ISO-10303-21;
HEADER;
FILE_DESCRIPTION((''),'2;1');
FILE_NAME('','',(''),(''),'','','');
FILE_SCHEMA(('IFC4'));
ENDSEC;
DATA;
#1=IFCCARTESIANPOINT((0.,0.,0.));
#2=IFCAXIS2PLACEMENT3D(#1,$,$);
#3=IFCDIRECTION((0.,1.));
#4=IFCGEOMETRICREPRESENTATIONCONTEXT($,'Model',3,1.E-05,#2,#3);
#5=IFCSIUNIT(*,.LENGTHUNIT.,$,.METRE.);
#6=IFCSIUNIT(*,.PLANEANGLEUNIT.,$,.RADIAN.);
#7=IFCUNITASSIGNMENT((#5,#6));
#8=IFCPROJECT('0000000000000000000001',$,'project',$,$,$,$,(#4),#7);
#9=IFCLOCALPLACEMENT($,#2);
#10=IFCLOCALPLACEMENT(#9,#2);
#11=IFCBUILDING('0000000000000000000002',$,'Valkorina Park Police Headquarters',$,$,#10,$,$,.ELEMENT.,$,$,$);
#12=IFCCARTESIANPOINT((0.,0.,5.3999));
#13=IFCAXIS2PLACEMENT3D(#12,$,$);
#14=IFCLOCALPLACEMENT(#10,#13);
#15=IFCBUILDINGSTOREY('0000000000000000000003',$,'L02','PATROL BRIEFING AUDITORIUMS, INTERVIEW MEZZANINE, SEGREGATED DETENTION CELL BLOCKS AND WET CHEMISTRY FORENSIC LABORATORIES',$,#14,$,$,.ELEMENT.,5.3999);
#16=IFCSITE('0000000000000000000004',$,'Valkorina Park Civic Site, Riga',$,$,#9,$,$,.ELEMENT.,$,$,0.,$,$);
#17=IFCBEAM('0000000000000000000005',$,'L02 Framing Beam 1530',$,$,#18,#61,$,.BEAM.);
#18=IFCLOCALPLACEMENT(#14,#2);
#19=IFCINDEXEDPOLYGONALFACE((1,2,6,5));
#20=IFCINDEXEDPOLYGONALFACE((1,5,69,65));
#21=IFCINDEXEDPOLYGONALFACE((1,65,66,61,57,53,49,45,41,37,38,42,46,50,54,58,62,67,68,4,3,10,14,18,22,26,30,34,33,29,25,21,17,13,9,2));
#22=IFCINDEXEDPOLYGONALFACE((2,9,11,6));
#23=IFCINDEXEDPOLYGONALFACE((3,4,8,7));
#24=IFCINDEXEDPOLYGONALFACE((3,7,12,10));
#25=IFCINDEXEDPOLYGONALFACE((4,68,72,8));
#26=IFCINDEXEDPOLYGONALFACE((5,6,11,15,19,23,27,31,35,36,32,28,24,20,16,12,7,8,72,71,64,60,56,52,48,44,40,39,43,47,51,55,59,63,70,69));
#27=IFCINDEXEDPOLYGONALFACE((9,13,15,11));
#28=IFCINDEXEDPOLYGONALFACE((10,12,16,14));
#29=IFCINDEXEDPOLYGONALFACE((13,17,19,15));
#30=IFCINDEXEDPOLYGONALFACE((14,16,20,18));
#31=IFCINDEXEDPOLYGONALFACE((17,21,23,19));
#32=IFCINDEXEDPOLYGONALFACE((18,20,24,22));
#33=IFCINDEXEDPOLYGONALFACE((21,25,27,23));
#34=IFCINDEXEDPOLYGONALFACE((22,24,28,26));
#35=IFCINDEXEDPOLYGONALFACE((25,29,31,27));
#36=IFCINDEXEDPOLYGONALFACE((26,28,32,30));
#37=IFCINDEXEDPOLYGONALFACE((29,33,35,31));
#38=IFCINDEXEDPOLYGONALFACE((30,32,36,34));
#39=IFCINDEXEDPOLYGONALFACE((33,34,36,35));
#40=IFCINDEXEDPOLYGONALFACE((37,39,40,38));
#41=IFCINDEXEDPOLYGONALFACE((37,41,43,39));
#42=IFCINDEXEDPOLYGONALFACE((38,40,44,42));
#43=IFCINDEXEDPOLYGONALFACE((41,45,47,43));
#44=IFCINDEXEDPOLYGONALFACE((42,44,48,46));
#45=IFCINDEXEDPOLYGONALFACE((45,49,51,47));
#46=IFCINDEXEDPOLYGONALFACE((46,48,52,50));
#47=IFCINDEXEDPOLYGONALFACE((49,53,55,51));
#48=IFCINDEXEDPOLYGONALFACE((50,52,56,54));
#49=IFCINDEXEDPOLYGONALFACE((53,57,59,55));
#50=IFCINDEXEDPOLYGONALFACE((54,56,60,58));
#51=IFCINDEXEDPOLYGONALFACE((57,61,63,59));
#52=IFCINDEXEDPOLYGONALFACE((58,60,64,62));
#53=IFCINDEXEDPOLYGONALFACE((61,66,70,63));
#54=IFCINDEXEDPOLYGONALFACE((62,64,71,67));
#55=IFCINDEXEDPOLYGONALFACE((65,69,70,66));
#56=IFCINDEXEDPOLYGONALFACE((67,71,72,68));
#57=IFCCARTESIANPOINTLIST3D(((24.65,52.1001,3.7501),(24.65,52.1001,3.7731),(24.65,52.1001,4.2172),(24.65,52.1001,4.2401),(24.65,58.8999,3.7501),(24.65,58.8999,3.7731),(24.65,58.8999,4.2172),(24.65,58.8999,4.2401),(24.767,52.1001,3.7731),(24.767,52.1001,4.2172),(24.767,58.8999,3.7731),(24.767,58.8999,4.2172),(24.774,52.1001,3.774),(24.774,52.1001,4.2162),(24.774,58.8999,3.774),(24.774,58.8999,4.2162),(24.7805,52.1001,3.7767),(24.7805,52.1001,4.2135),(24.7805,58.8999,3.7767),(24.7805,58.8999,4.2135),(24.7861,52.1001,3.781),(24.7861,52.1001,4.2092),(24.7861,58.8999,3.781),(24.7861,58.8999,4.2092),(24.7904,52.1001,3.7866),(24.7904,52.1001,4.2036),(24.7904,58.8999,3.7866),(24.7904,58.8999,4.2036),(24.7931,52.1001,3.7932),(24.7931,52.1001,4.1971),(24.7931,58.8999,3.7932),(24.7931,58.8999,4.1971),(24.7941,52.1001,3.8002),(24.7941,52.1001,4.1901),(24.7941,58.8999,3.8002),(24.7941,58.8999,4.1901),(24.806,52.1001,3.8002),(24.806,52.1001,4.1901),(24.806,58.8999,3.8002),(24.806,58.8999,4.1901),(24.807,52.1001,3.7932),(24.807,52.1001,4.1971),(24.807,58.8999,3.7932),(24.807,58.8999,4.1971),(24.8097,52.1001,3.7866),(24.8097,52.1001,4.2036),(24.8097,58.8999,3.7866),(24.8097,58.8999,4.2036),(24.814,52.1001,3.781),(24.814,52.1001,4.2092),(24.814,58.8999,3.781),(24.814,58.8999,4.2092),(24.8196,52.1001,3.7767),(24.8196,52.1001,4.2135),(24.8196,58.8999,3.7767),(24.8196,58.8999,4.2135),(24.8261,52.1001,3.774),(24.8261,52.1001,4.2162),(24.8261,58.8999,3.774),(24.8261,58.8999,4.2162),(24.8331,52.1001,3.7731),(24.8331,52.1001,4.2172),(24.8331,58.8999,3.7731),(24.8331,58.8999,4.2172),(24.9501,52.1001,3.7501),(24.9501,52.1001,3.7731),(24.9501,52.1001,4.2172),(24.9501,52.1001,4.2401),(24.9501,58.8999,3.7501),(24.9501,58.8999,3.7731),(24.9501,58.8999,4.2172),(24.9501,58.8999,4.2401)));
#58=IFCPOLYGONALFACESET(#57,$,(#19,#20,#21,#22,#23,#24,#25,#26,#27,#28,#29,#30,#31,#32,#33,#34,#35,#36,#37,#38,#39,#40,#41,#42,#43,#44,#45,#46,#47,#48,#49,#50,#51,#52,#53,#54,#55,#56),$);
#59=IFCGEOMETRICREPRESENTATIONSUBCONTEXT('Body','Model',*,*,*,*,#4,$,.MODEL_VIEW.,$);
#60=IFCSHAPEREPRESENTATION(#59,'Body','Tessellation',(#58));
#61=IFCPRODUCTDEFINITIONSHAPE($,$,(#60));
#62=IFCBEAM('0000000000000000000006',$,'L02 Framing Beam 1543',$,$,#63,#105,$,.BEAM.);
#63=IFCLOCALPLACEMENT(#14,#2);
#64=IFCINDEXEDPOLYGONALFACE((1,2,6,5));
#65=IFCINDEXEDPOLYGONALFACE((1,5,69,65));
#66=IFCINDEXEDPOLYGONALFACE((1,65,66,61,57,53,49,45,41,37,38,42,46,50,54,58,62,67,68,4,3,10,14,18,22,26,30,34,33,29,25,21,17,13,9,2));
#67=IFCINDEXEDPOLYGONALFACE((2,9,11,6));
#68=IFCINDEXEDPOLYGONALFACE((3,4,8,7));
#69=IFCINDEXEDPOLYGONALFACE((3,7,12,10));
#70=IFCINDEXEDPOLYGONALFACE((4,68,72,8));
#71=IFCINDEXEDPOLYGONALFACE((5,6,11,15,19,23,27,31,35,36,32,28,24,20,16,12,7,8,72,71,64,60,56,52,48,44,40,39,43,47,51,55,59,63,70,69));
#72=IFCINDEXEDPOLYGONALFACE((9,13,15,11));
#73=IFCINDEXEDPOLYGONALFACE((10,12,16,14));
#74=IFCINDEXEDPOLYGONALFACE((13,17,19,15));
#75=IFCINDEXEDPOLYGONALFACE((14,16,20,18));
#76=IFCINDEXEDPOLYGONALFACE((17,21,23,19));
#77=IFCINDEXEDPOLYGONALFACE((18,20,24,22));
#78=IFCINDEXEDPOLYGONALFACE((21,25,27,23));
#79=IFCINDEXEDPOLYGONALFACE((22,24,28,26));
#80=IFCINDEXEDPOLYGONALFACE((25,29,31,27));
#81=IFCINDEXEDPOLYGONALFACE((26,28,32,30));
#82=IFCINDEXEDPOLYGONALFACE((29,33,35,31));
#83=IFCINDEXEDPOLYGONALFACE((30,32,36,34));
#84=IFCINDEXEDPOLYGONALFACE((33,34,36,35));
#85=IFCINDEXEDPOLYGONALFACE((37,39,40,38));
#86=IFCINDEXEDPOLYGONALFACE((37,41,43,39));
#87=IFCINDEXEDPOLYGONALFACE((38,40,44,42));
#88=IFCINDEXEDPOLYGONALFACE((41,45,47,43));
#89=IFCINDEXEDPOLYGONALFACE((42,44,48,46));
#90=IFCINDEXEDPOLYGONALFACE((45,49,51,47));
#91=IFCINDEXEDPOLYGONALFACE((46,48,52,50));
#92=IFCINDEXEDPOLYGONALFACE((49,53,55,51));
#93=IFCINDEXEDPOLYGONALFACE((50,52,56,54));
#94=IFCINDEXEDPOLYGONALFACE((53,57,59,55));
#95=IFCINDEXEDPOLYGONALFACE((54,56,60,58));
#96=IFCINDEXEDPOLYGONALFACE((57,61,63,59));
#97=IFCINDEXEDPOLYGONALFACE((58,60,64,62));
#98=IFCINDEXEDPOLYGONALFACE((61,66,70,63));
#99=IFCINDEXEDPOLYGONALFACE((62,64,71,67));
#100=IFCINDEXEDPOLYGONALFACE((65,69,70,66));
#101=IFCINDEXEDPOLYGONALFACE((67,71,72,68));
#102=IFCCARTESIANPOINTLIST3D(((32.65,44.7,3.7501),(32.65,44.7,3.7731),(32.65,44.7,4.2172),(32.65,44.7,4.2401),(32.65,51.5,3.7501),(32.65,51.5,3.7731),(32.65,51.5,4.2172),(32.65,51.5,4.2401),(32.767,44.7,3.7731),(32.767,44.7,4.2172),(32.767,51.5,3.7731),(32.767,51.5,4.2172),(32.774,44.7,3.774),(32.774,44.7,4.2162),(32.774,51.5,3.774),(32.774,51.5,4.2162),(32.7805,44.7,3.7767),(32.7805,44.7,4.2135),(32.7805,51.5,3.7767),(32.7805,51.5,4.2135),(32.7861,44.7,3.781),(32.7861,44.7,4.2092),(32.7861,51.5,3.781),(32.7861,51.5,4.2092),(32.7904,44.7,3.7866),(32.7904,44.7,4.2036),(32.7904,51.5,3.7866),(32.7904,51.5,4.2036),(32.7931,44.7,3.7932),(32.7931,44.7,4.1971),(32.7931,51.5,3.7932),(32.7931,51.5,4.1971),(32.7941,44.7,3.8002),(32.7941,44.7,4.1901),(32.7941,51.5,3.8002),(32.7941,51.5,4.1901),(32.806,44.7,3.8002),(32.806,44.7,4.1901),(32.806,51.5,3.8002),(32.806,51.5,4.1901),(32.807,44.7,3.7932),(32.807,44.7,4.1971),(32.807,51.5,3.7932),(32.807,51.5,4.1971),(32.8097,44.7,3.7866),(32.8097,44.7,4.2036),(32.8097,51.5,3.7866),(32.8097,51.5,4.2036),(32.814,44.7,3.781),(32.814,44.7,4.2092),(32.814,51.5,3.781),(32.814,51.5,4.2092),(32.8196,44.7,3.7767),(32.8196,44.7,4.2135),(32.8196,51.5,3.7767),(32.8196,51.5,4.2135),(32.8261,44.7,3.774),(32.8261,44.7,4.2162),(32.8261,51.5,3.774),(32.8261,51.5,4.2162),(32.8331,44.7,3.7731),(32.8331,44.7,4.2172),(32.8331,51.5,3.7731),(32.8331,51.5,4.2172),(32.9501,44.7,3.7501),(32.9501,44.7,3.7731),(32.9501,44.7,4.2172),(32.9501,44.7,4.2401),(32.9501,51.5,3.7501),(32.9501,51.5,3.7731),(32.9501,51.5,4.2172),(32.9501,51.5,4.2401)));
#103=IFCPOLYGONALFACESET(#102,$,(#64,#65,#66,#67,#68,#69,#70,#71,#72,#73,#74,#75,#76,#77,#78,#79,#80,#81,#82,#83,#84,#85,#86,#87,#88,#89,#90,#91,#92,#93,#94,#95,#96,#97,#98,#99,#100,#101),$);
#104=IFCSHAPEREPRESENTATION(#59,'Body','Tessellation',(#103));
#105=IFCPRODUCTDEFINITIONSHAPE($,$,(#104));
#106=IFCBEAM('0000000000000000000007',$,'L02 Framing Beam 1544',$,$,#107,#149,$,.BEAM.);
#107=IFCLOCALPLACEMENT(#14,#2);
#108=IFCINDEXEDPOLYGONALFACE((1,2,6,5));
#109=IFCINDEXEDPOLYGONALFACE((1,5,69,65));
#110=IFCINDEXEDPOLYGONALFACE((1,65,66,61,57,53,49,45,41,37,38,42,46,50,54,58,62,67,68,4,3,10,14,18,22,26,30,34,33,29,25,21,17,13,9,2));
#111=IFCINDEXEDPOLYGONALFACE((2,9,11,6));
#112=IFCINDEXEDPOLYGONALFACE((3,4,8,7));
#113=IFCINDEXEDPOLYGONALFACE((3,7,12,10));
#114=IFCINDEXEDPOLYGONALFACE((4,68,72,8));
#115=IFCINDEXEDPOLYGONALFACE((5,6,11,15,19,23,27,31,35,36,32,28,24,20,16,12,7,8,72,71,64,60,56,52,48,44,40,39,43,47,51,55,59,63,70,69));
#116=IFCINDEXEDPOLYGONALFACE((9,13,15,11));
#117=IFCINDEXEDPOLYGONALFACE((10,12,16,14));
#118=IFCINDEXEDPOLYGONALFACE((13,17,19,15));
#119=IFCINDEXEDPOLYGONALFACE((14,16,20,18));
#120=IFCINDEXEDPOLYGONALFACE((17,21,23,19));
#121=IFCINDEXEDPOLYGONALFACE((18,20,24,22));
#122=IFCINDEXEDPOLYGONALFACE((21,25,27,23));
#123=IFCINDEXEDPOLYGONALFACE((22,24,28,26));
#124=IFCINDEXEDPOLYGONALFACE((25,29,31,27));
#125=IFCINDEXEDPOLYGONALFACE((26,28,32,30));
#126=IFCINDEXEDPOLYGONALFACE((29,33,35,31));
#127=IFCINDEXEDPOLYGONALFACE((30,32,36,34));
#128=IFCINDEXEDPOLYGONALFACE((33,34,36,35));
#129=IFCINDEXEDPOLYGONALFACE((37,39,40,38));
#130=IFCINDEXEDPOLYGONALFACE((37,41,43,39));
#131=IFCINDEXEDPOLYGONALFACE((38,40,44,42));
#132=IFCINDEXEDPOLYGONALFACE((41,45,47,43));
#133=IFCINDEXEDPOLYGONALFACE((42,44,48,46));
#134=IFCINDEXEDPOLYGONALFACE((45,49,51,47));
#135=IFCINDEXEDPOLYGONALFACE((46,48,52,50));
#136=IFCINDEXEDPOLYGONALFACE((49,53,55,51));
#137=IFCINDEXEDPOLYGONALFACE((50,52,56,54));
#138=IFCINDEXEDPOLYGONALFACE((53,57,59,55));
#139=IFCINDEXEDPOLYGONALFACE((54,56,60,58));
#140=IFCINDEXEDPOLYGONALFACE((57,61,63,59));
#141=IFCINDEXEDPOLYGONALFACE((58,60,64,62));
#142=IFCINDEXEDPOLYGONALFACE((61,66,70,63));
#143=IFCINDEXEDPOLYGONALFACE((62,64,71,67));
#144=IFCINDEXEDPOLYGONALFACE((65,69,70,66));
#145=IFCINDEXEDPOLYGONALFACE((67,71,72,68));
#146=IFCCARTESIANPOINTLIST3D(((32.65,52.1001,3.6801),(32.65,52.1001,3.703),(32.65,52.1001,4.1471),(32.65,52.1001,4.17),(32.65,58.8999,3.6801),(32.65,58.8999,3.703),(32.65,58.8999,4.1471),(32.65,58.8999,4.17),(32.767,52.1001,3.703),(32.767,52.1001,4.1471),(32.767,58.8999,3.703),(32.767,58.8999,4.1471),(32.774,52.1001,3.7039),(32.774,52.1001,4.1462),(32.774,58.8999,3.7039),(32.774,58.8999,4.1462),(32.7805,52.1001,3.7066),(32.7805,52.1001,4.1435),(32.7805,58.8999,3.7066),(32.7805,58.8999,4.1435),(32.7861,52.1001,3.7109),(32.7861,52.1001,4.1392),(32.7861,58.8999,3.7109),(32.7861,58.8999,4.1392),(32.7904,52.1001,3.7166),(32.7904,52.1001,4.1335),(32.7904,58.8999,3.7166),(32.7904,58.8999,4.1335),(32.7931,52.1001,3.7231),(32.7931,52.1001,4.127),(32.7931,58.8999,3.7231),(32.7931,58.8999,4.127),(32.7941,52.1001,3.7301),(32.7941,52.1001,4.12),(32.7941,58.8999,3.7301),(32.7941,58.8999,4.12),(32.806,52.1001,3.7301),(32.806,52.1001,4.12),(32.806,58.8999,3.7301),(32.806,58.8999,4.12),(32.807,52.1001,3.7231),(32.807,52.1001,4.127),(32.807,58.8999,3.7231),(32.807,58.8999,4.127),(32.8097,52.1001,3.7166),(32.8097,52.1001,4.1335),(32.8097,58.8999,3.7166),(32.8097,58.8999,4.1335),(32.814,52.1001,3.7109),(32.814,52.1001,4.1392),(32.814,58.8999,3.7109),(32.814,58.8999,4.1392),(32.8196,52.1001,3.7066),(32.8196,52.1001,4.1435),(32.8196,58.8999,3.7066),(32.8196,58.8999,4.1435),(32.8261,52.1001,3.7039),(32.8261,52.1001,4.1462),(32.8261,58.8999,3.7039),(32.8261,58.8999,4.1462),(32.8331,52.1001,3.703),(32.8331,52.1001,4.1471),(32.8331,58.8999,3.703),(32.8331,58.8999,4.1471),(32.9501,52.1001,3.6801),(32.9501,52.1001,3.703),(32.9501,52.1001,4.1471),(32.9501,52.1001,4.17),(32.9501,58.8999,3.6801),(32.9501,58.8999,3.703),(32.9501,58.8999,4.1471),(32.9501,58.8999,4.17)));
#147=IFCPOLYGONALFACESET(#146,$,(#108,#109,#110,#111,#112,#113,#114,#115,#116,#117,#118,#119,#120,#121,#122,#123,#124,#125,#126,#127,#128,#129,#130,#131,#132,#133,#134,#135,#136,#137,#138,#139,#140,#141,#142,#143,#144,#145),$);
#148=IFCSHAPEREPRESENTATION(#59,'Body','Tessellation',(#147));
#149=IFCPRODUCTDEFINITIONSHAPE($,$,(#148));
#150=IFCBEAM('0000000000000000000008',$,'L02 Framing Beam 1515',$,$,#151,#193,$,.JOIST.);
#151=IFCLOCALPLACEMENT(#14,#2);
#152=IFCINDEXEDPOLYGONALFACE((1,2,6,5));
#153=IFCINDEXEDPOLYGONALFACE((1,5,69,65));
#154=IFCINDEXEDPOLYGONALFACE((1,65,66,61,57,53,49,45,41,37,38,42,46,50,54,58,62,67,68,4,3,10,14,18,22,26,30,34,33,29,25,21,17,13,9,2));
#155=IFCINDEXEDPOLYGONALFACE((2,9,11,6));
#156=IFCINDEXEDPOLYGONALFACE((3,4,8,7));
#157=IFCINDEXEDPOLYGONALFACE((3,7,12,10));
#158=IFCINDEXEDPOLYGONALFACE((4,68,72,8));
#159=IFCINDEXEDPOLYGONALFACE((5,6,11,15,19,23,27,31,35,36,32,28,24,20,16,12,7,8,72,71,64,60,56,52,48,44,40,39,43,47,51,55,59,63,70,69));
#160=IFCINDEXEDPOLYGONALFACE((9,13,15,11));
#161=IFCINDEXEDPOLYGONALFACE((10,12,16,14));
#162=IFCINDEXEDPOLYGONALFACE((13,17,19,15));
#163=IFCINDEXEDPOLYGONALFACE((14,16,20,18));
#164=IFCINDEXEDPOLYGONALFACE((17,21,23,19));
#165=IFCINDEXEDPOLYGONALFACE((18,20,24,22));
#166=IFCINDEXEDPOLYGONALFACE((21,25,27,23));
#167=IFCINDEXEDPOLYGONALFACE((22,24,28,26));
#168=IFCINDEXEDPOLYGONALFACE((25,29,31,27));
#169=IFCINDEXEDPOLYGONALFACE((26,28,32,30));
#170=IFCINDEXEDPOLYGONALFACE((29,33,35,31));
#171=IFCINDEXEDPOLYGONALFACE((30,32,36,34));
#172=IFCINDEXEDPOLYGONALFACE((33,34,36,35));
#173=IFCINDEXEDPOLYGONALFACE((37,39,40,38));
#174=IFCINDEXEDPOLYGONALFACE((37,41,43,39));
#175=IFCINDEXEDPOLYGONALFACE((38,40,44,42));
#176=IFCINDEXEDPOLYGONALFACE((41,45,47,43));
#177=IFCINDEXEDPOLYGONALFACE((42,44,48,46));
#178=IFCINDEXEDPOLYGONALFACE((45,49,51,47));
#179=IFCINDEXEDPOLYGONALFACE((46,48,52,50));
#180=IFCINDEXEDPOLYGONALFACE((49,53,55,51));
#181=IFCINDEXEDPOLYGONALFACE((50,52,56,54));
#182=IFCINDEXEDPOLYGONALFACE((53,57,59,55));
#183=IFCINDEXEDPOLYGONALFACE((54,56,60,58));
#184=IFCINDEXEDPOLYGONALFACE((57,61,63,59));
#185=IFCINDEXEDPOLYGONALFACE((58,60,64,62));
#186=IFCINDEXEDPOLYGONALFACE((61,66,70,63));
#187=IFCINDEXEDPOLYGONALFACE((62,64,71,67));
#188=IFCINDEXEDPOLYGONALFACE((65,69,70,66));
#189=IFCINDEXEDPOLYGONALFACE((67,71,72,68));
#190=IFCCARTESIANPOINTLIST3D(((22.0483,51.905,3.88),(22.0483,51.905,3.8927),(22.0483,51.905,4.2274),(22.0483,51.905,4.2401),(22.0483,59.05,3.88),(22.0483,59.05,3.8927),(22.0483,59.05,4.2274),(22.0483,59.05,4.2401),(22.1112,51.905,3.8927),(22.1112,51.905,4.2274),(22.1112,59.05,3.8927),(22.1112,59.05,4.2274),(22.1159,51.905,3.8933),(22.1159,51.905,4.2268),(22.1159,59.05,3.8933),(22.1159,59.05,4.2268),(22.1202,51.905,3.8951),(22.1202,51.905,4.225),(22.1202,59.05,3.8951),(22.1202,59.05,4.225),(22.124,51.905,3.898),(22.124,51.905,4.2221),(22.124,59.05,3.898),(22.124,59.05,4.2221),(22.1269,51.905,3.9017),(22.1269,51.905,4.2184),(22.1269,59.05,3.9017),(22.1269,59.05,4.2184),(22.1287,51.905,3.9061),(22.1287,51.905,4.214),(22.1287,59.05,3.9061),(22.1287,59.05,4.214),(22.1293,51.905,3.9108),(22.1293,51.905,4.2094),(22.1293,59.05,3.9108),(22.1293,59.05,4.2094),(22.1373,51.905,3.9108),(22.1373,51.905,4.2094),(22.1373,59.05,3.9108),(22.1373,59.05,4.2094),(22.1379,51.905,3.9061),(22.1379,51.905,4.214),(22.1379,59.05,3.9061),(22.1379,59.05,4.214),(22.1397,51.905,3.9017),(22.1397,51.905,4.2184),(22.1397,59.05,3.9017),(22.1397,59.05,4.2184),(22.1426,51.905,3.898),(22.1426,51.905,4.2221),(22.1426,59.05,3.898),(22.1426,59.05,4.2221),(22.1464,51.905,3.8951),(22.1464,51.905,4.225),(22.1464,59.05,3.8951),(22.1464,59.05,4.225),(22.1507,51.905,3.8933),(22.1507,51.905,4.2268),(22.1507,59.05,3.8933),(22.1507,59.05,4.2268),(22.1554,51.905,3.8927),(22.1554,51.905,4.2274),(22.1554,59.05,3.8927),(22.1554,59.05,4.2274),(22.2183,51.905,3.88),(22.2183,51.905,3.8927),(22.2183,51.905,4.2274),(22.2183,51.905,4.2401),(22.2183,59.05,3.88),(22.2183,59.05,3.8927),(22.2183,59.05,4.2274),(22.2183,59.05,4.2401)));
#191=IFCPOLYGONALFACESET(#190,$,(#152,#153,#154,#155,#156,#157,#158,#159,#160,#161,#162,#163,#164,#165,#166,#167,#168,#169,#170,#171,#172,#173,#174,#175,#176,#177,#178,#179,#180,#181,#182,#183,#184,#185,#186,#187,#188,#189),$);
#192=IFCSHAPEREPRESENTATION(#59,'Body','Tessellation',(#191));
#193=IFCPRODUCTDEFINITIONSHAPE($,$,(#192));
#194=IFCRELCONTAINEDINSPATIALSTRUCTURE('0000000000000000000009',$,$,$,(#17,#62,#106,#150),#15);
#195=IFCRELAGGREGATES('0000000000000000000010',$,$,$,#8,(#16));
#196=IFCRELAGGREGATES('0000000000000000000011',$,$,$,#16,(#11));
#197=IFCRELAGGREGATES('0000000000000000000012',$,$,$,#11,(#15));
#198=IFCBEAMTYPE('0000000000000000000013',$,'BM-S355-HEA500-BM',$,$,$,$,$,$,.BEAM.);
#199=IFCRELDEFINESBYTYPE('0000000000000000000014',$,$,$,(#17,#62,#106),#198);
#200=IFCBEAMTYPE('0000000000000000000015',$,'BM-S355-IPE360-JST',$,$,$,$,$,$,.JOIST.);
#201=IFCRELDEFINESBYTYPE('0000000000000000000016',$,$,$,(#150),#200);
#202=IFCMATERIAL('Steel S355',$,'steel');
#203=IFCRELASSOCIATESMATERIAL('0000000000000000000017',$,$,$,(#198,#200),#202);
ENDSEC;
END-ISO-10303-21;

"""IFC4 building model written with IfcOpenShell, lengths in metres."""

from ifc_helpers import new_model, si_unit, direction, frame, origin, origin_2d, place, context, subcontext, project, spatial, i_section, extrude, material, material_profile, profile_set, type_object, element, save


model = new_model("IFC4")

# Units and contexts
model_context = context("Model", 3, precision=1e-05, world=origin(), true_north=direction((0.0, 1.0)))
body_context = subcontext(model_context, "Body", "Model", "MODEL_VIEW")
ifc_project = project(units=[si_unit("LENGTHUNIT", "METRE"), si_unit("PLANEANGLEUNIT", "RADIAN")], contexts=[model_context])

# Site, building, storey
site_placement = place(None, origin())
site = spatial("IfcSite", under=ifc_project, at=site_placement, Name="Valkorina Park Civic Site, Riga", CompositionType="ELEMENT", RefElevation=0.0)
building_placement = place(site_placement, origin())
building = spatial("IfcBuilding", under=site, at=building_placement, Name="Valkorina Park Police Headquarters", CompositionType="ELEMENT")
storey_placement = place(building_placement, frame((0.0, 0.0, 5.3999)))
storey = spatial("IfcBuildingStorey", under=building, at=storey_placement, Name="L02", Description="PATROL BRIEFING AUDITORIUMS, INTERVIEW MEZZANINE, SEGREGATED DETENTION CELL BLOCKS AND WET CHEMISTRY FORENSIC LABORATORIES", CompositionType="ELEMENT", Elevation=5.3999)

# Shared definitions
ifc_material_1 = material(Name="Steel S355", Category="steel")

# Beams
ifc_material_profile_1 = material_profile(ifc_material_1, i_section(OverallWidth=0.3, OverallDepth=0.49, WebThickness=0.012, FlangeThickness=0.0229, FilletRadius=0.0271, at=origin_2d()), Name="HEA 500")
ifc_profile_set_1 = profile_set([ifc_material_profile_1], Name="Steel S355")
beam_type_1 = type_object("IfcBeamType", Name="BM-S355-HEA500-BM", PredefinedType="BEAM", material=ifc_profile_set_1)
beam_1_placement = place(storey_placement, frame((24.8, 52.1001, 3.9951), z_axis=(0.0, 1.0, 0.0), x_axis=(-1.0, 0.0, 0.0)))
element("IfcBeam", 1, at=beam_1_placement, inside=storey, type_object=beam_type_1, Name="L02 Framing Beam 1530", PredefinedType="BEAM", context=body_context, shape_type="SweptSolid", body=[
    extrude(i_section(OverallWidth=0.3, OverallDepth=0.49, WebThickness=0.012, FlangeThickness=0.0229, FilletRadius=0.0271, at=origin_2d()), origin(), (0.0, 0.0, 1.0), 6.7998),
])
beam_2_placement = place(storey_placement, frame((32.8, 44.7, 3.9951), z_axis=(0.0, 1.0, 0.0), x_axis=(-1.0, 0.0, 0.0)))
element("IfcBeam", 2, at=beam_2_placement, inside=storey, type_object=beam_type_1, Name="L02 Framing Beam 1543", PredefinedType="BEAM", context=body_context, shape_type="SweptSolid", body=[
    extrude(i_section(OverallWidth=0.3, OverallDepth=0.49, WebThickness=0.012, FlangeThickness=0.0229, FilletRadius=0.0271, at=origin_2d()), origin(), (0.0, 0.0, 1.0), 6.8),
])
beam_3_placement = place(storey_placement, frame((32.8, 52.1001, 3.925), z_axis=(0.0, 1.0, 0.0), x_axis=(-1.0, 0.0, 0.0)))
element("IfcBeam", 3, at=beam_3_placement, inside=storey, type_object=beam_type_1, Name="L02 Framing Beam 1544", PredefinedType="BEAM", context=body_context, shape_type="SweptSolid", body=[
    extrude(i_section(OverallWidth=0.3, OverallDepth=0.49, WebThickness=0.012, FlangeThickness=0.0229, FilletRadius=0.0271, at=origin_2d()), origin(), (0.0, 0.0, 1.0), 6.7998),
])
ifc_material_profile_2 = material_profile(ifc_material_1, i_section(OverallWidth=0.1699, OverallDepth=0.3601, WebThickness=0.0081, FlangeThickness=0.0127, FilletRadius=0.0181, at=origin_2d()), Name="IPE 360")
ifc_profile_set_2 = profile_set([ifc_material_profile_2], Name="Steel S355")
beam_type_2 = type_object("IfcBeamType", Name="BM-S355-IPE360-JST", PredefinedType="JOIST", material=ifc_profile_set_2)
beam_4_placement = place(storey_placement, frame((22.1333, 51.905, 4.0601), z_axis=(0.0, 1.0, 0.0), x_axis=(-1.0, 0.0, 0.0)))
element("IfcBeam", 4, at=beam_4_placement, inside=storey, type_object=beam_type_2, Name="L02 Framing Beam 1515", PredefinedType="JOIST", context=body_context, shape_type="SweptSolid", body=[
    extrude(i_section(OverallWidth=0.1699, OverallDepth=0.3601, WebThickness=0.0081, FlangeThickness=0.0127, FilletRadius=0.0181, at=origin_2d()), origin(), (0.0, 0.0, 1.0), 7.145),
])

save(model, "model.ifc")
